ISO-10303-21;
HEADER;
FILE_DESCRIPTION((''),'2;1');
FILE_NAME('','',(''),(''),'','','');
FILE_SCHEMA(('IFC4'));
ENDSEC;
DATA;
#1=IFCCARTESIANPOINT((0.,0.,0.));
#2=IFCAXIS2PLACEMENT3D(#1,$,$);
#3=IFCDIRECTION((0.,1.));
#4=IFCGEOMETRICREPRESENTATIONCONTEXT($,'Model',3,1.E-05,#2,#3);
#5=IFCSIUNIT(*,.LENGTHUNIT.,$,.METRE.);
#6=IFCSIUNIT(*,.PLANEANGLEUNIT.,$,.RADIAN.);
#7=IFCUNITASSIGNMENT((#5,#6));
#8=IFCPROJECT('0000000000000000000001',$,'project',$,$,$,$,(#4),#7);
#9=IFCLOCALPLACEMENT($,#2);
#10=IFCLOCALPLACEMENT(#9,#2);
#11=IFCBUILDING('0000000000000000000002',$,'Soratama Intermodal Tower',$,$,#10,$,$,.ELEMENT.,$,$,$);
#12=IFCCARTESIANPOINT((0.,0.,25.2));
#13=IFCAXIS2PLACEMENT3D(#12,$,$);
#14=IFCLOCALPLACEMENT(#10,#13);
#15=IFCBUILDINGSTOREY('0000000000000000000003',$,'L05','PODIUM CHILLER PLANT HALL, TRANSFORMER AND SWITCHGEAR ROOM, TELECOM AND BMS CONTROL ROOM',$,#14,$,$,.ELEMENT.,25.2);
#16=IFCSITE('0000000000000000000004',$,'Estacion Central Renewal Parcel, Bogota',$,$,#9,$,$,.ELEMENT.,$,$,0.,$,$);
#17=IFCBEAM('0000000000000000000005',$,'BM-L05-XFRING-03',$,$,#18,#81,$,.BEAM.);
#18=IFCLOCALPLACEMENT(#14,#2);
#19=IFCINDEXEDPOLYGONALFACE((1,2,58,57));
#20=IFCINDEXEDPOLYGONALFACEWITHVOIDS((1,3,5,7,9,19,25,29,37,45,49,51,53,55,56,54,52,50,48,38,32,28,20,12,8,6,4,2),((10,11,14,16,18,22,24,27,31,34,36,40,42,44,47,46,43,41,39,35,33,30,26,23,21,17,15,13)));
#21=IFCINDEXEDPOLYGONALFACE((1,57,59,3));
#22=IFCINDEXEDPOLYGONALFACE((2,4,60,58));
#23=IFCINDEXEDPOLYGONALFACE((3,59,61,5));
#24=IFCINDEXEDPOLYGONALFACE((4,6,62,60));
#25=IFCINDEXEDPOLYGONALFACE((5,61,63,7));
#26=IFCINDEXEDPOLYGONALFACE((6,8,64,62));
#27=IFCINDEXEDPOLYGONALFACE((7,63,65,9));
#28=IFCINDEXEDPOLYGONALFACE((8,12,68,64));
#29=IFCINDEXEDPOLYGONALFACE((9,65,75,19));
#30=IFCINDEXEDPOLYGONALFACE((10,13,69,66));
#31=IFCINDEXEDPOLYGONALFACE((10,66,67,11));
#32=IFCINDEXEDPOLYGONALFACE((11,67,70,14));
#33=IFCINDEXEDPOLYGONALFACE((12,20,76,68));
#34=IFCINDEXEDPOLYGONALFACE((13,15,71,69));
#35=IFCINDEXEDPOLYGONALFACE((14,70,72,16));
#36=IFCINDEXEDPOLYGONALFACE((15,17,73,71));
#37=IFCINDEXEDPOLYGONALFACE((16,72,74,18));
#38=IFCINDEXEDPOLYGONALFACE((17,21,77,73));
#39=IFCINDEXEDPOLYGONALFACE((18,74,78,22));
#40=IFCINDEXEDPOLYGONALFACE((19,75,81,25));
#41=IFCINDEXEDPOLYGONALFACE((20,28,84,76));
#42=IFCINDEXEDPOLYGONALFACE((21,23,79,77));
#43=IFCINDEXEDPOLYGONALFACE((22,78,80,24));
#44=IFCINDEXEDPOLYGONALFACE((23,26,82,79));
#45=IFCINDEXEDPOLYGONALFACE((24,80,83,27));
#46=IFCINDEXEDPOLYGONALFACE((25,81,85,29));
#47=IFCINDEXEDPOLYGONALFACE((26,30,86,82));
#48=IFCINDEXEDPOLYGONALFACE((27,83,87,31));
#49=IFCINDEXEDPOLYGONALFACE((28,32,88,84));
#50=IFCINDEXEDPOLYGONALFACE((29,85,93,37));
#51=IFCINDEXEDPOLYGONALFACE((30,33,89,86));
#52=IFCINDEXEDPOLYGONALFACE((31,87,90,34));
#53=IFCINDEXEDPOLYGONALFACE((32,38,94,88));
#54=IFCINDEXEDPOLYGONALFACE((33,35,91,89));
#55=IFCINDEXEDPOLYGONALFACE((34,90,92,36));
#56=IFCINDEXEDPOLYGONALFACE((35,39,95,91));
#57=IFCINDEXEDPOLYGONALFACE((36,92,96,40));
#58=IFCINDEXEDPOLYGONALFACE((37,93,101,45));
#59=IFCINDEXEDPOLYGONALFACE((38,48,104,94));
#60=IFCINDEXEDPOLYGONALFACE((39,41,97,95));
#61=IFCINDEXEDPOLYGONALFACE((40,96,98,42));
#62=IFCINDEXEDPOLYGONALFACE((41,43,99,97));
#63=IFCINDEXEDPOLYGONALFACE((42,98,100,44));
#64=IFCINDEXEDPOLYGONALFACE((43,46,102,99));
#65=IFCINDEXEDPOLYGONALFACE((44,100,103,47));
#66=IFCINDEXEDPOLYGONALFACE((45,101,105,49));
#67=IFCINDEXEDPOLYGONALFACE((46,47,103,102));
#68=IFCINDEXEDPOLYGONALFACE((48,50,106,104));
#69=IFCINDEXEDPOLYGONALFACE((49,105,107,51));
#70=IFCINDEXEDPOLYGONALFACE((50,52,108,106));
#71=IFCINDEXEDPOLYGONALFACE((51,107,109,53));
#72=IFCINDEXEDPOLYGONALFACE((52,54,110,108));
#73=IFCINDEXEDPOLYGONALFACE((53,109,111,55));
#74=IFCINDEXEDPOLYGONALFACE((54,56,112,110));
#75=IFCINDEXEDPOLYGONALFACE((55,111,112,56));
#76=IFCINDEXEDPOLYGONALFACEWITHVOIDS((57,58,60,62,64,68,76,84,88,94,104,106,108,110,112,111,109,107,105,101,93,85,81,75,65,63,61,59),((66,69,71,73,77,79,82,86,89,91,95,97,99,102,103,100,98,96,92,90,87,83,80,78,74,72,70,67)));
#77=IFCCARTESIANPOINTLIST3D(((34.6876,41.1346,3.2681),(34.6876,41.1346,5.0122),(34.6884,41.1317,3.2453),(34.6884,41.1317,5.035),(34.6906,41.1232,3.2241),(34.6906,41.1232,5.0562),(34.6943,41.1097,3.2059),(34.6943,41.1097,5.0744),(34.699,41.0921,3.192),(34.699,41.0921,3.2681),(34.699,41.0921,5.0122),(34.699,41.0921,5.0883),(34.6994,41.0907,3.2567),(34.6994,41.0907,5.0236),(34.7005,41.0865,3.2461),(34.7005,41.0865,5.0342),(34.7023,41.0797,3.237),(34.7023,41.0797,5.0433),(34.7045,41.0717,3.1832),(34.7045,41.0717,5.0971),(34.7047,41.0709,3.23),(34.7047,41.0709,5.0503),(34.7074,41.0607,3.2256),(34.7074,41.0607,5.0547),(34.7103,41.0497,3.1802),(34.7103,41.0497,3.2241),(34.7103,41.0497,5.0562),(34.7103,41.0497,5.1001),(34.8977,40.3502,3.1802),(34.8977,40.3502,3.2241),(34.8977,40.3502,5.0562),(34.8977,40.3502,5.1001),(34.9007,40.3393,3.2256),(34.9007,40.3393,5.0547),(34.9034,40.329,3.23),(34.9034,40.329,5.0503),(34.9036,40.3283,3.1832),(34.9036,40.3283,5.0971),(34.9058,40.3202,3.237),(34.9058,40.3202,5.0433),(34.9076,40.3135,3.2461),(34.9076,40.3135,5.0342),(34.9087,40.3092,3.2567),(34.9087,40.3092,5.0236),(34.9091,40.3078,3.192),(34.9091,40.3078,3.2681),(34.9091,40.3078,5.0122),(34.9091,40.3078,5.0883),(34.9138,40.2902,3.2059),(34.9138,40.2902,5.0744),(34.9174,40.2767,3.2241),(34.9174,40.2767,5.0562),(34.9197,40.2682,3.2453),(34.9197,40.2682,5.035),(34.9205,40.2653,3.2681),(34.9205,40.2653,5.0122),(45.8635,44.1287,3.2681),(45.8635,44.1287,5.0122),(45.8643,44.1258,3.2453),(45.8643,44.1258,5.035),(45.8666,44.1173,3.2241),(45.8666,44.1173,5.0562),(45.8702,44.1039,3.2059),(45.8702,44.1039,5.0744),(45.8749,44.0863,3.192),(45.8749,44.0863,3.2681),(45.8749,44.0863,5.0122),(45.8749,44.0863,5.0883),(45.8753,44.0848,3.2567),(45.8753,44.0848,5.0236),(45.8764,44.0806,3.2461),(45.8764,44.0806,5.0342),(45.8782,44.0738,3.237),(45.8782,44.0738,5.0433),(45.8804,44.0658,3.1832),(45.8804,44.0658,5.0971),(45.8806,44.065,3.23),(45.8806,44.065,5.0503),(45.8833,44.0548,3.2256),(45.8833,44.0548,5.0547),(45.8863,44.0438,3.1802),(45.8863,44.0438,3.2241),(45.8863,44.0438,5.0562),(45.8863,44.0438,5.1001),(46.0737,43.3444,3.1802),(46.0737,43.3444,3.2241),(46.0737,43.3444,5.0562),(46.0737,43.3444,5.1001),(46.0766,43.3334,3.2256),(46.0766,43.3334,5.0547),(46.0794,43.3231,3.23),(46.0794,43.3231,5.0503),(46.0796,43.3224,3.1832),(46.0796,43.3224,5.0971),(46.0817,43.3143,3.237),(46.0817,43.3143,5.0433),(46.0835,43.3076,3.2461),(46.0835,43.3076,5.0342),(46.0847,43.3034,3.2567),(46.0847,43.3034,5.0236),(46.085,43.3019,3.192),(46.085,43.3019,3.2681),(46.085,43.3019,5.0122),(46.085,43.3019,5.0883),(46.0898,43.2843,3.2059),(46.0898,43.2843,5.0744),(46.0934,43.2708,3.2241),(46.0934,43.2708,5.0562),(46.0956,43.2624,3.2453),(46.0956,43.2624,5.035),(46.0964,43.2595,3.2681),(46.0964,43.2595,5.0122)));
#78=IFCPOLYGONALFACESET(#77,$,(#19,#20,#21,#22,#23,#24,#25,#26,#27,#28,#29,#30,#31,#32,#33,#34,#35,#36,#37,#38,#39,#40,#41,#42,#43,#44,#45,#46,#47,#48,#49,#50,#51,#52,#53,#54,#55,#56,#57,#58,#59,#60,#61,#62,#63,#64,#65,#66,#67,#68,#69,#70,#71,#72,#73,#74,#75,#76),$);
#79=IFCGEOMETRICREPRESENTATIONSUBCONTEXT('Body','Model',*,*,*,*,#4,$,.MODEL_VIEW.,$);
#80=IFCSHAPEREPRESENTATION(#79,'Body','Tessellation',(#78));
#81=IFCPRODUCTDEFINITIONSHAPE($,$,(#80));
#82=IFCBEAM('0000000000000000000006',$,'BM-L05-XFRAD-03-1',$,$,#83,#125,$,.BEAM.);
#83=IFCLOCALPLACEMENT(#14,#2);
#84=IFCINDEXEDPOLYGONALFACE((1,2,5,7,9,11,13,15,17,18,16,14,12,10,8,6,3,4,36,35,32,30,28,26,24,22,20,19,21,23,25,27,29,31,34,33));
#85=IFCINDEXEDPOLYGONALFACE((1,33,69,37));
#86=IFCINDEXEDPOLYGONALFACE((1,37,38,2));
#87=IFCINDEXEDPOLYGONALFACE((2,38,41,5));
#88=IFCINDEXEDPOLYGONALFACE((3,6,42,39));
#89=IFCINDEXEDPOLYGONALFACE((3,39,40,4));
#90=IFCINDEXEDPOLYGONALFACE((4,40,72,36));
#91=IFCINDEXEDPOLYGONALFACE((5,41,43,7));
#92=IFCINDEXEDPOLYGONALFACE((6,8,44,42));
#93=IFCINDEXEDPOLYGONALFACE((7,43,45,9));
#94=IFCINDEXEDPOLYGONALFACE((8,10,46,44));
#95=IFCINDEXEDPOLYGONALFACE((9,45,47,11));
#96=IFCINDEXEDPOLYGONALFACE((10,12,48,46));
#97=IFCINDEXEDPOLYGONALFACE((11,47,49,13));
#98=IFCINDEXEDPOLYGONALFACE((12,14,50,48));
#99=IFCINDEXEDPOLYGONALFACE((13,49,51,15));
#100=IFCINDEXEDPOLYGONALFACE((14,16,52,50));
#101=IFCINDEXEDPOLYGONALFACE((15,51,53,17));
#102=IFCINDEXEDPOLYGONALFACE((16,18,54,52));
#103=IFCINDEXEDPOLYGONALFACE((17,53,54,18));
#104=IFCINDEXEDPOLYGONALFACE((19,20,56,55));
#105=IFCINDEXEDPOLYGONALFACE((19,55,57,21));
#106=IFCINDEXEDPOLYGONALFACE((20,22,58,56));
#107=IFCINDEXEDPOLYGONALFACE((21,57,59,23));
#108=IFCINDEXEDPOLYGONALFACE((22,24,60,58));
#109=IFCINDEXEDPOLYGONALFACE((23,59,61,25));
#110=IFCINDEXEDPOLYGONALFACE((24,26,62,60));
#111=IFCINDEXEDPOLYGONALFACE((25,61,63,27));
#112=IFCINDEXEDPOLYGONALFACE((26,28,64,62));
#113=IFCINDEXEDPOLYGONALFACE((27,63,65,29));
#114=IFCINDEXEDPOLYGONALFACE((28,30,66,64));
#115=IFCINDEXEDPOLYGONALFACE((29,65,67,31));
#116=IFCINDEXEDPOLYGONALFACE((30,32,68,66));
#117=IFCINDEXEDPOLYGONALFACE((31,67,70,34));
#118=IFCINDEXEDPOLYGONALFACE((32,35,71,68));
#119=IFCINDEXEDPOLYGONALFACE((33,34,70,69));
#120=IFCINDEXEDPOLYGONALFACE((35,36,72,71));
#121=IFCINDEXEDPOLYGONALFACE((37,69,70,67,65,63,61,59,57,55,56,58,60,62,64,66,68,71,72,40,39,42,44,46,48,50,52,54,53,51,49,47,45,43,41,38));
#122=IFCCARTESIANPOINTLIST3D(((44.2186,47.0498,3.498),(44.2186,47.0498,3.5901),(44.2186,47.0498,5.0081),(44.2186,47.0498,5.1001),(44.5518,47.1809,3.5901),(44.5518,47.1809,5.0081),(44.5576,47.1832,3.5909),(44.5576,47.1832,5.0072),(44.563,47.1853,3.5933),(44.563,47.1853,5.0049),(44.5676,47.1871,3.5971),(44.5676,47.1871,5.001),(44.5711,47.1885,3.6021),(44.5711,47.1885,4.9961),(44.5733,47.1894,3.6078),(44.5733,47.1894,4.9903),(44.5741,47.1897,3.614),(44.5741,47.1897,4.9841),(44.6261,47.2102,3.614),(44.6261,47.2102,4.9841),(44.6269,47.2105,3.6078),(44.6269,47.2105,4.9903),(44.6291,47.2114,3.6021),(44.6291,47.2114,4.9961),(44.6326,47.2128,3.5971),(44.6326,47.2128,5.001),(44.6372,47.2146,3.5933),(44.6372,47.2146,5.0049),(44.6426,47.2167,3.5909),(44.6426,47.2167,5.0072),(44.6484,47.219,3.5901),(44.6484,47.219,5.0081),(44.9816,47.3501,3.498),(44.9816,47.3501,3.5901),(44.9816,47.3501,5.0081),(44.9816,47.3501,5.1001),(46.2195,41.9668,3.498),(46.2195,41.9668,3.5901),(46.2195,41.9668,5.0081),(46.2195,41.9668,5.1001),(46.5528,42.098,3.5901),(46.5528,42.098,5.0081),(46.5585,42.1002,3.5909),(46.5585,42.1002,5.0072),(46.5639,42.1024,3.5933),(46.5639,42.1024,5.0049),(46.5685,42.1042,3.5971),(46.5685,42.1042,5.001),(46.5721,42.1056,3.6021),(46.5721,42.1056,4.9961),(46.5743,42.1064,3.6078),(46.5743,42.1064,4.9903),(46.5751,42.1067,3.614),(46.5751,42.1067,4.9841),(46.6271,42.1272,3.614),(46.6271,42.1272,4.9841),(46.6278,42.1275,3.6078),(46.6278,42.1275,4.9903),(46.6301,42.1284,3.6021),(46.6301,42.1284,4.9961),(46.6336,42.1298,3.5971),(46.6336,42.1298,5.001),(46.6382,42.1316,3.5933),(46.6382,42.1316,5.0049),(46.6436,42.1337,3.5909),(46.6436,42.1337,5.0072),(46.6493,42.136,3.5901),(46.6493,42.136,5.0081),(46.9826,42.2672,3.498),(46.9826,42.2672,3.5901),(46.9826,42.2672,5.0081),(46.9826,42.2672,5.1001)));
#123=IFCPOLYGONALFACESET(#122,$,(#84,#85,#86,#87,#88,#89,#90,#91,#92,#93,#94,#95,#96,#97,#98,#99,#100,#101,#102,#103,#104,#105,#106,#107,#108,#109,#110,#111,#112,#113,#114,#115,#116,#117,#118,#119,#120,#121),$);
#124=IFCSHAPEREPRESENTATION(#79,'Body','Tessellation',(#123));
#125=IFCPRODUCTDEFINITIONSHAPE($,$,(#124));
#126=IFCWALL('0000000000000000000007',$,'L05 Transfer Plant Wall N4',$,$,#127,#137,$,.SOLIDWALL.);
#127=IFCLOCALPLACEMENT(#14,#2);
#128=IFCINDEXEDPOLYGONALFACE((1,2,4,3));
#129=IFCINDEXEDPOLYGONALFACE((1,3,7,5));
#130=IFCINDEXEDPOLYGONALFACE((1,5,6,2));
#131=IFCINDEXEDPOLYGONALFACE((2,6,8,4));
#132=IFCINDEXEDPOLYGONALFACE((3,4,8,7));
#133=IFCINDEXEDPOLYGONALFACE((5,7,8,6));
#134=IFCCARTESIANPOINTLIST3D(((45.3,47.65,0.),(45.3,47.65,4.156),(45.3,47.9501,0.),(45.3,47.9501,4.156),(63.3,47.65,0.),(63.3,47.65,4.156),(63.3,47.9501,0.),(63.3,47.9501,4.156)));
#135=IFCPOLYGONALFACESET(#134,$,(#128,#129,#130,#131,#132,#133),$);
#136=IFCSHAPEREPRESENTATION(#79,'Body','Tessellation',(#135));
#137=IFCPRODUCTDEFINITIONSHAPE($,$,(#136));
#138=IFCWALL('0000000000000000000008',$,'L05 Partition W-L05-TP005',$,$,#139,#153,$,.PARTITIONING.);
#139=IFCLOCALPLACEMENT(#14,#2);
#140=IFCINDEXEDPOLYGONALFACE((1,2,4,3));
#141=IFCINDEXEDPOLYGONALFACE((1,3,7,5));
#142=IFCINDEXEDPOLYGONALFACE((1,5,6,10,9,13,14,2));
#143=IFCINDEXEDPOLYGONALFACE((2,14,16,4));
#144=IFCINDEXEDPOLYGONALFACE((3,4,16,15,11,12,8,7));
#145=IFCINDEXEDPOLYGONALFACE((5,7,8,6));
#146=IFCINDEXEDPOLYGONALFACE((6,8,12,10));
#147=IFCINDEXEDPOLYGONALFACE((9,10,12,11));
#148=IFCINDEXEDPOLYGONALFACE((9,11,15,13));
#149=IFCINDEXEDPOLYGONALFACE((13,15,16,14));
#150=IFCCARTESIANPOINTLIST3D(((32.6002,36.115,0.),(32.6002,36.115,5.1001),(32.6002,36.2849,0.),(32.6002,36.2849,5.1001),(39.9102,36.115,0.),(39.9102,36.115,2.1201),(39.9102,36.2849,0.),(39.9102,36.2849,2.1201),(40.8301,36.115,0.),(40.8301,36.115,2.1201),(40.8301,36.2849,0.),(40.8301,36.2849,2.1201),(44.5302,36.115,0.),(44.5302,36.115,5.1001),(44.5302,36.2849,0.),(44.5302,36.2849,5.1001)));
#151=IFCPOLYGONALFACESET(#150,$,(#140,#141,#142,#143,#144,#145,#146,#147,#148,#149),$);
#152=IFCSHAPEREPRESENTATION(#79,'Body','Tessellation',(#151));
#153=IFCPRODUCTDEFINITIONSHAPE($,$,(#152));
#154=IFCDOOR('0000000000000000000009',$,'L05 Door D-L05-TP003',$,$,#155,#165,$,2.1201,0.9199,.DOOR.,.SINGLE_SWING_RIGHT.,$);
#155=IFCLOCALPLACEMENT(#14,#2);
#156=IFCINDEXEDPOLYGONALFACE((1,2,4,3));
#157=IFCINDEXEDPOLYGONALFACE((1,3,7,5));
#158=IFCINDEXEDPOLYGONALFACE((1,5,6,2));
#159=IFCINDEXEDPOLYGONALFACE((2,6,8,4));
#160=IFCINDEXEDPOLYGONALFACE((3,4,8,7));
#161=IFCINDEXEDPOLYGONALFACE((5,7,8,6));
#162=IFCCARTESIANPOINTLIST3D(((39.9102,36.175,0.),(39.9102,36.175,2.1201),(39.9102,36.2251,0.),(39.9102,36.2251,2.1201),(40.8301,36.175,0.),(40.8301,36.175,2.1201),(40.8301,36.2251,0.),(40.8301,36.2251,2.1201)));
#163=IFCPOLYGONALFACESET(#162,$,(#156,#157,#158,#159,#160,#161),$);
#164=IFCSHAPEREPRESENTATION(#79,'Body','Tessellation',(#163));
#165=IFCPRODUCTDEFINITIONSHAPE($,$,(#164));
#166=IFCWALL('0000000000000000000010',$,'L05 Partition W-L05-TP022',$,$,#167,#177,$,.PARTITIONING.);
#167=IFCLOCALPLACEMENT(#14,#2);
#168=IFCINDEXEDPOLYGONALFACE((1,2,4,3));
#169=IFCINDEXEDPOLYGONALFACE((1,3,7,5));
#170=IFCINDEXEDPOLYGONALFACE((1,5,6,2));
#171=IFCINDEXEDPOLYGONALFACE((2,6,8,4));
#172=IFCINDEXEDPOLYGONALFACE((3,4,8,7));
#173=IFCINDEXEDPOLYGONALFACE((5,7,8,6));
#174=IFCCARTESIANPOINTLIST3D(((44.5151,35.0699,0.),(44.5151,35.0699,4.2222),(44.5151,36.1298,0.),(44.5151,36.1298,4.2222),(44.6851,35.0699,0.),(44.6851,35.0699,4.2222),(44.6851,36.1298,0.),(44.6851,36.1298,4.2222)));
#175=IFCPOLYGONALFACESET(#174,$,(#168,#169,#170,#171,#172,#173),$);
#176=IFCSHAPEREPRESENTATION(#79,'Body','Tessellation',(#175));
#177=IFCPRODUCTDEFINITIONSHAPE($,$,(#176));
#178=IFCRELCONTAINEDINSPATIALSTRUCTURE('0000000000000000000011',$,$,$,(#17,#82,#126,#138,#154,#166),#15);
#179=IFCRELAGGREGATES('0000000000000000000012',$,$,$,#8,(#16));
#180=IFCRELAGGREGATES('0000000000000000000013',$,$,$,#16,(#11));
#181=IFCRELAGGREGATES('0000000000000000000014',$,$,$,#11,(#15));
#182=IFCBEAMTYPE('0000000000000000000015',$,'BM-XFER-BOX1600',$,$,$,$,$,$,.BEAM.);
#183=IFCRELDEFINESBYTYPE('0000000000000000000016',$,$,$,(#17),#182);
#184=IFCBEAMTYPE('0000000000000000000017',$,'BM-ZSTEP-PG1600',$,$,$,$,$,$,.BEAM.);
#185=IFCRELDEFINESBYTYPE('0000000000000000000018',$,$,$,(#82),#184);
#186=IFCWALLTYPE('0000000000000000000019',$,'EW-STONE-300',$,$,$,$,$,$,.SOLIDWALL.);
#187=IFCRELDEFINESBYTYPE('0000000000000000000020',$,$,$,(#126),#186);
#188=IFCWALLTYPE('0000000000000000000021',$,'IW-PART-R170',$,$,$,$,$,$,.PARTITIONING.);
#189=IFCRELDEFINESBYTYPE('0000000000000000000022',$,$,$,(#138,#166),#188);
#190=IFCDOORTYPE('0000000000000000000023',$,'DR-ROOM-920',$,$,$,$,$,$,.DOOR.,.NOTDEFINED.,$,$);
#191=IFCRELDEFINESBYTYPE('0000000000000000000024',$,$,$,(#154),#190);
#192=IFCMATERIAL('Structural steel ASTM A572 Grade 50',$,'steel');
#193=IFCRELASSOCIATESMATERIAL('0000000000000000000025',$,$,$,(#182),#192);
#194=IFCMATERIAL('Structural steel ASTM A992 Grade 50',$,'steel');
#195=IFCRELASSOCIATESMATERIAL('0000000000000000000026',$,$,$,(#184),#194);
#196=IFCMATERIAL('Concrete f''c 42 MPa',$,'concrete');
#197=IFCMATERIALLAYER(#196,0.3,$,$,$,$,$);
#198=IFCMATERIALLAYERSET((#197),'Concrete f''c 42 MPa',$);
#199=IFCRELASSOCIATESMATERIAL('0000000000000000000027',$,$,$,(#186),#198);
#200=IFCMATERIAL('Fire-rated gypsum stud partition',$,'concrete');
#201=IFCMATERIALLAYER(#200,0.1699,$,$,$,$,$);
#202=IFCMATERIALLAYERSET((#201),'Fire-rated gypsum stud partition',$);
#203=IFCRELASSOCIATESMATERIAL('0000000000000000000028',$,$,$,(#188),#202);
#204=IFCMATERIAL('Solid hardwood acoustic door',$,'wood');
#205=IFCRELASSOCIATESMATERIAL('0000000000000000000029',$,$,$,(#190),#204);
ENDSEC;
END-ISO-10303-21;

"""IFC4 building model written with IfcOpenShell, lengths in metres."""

from ifc_helpers import new_model, si_unit, direction, frame, frame_2d, origin, origin_2d, place, context, subcontext, project, spatial, rectangle, hollow_rectangle, i_section, extrude, material, layer, layer_set, material_profile, profile_set, type_object, element, fill, save


model = new_model("IFC4")

# Units and contexts
model_context = context("Model", 3, precision=1e-05, world=origin(), true_north=direction((0.0, 1.0)))
body_context = subcontext(model_context, "Body", "Model", "MODEL_VIEW")
ifc_project = project(units=[si_unit("LENGTHUNIT", "METRE"), si_unit("PLANEANGLEUNIT", "RADIAN")], contexts=[model_context])

# Site, building, storey
site_placement = place(None, origin())
site = spatial("IfcSite", under=ifc_project, at=site_placement, Name="Estacion Central Renewal Parcel, Bogota", CompositionType="ELEMENT", RefElevation=0.0)
building_placement = place(site_placement, origin())
building = spatial("IfcBuilding", under=site, at=building_placement, Name="Soratama Intermodal Tower", CompositionType="ELEMENT")
storey_placement = place(building_placement, frame((0.0, 0.0, 25.2)))
storey = spatial("IfcBuildingStorey", under=building, at=storey_placement, Name="L05", Description="PODIUM CHILLER PLANT HALL, TRANSFORMER AND SWITCHGEAR ROOM, TELECOM AND BMS CONTROL ROOM", CompositionType="ELEMENT", Elevation=25.2)

# Beams
ifc_material_1 = material(Name="Structural steel ASTM A572 Grade 50", Category="steel")
ifc_material_profile_1 = material_profile(ifc_material_1, hollow_rectangle(XDim=0.8999, YDim=1.9199, WallThickness=0.0439, InnerFilletRadius=0.0439, OuterFilletRadius=0.0879, at=origin_2d()), Name="BOX1600X900X40")
ifc_profile_set_1 = profile_set([ifc_material_profile_1], Name="Structural steel ASTM A572 Grade 50")
beam_type_1 = type_object("IfcBeamType", Name="BM-XFER-BOX1600", PredefinedType="BEAM", material=ifc_profile_set_1)
beam_1_placement = place(storey_placement, frame((45.98, 43.6941, 4.1401), z_axis=(-0.965936, -0.258781, 0.0), x_axis=(0.258781, -0.965936, 0.0)))
element("IfcBeam", 1, at=beam_1_placement, inside=storey, type_object=beam_type_1, Name="BM-L05-XFRING-03", PredefinedType="BEAM", context=body_context, shape_type="SweptSolid", body=[
    extrude(hollow_rectangle(XDim=0.8999, YDim=1.9199, WallThickness=0.0439, InnerFilletRadius=0.0439, OuterFilletRadius=0.0879, at=origin_2d()), origin(), (0.0, 0.0, 1.0), 11.5701),
])
ifc_material_2 = material(Name="Structural steel ASTM A992 Grade 50", Category="steel")
ifc_material_profile_2 = material_profile(ifc_material_2, i_section(OverallWidth=0.8201, OverallDepth=1.6021, WebThickness=0.0559, FlangeThickness=0.092, FilletRadius=0.0239, at=origin_2d()), Name="PG1600X650")
ifc_profile_set_2 = profile_set([ifc_material_profile_2], Name="Structural steel ASTM A992 Grade 50")
beam_type_2 = type_object("IfcBeamType", Name="BM-ZSTEP-PG1600", PredefinedType="BEAM", material=ifc_profile_set_2)
beam_2_placement = place(storey_placement, frame((44.6001, 47.2, 4.2991), z_axis=(0.366299, -0.930497, 0.0), x_axis=(0.930497, 0.366299, 0.0)))
element("IfcBeam", 2, at=beam_2_placement, inside=storey, type_object=beam_type_2, Name="BM-L05-XFRAD-03-1", PredefinedType="BEAM", context=body_context, shape_type="SweptSolid", body=[
    extrude(i_section(OverallWidth=0.8201, OverallDepth=1.6021, WebThickness=0.0559, FlangeThickness=0.092, FilletRadius=0.0239, at=origin_2d()), origin(), (0.0, 0.0, 1.0), 5.4626),
])

# Wall
ifc_material_3 = material(Name="Concrete f'c 42 MPa", Category="concrete")
ifc_layer_1 = layer(ifc_material_3, 0.3)
ifc_layer_set_1 = layer_set([ifc_layer_1], Name="Concrete f'c 42 MPa")
wall_type_1 = type_object("IfcWallType", Name="EW-STONE-300", PredefinedType="SOLIDWALL", material=ifc_layer_set_1)
wall_1_placement = place(storey_placement, frame((45.3, 47.8, 0.0), z_axis=(0.0, 0.0, 1.0), x_axis=(1.0, 0.0, 0.0)))
element("IfcWall", 3, at=wall_1_placement, inside=storey, type_object=wall_type_1, Name="L05 Transfer Plant Wall N4", PredefinedType="SOLIDWALL", context=body_context, shape_type="SweptSolid", body=[
    extrude(rectangle(XDim=18.0, YDim=0.3, at=frame_2d((9.0, 0.0))), origin(), (0.0, 0.0, 1.0), 4.156),
])

# Wall, opening, door
ifc_material_4 = material(Name="Fire-rated gypsum stud partition", Category="concrete")
ifc_layer_2 = layer(ifc_material_4, 0.1699)
ifc_layer_set_2 = layer_set([ifc_layer_2], Name="Fire-rated gypsum stud partition")
wall_type_2 = type_object("IfcWallType", Name="IW-PART-R170", PredefinedType="PARTITIONING", material=ifc_layer_set_2)
wall_2_placement = place(storey_placement, frame((44.53, 36.2, 0.0), z_axis=(0.0, 0.0, 1.0), x_axis=(-1.0, 0.0, 0.0)))
wall_2 = element("IfcWall", 4, at=wall_2_placement, inside=storey, type_object=wall_type_2, Name="L05 Partition W-L05-TP005", PredefinedType="PARTITIONING", context=body_context, shape_type="SweptSolid", body=[
    extrude(rectangle(XDim=11.9299, YDim=0.1699, at=frame_2d((5.9648, 0.0))), origin(), (0.0, 0.0, 1.0), 5.1001),
])
opening_1_placement = place(wall_2_placement, frame((3.7, 0.0, 0.0)))
opening_1 = element("IfcOpeningElement", 5, at=opening_1_placement, cuts=wall_2, PredefinedType="OPENING", context=body_context, shape_type="SweptSolid", body=[
    extrude(rectangle(XDim=0.9199, YDim=2.1201, at=frame_2d((0.46, 1.0601))), frame((0.0, 0.095, 0.0), z_axis=(0.0, -1.0, 0.0), x_axis=(1.0, 0.0, 0.0)), (0.0, 0.0, 1.0), 0.1899),
])
ifc_material_5 = material(Name="Solid hardwood acoustic door", Category="wood")
door_type_1 = type_object("IfcDoorType", Name="DR-ROOM-920", OperationType="NOTDEFINED", PredefinedType="DOOR", material=ifc_material_5)
door_1_placement = place(opening_1_placement, origin())
door_1 = element("IfcDoor", 6, at=door_1_placement, inside=storey, type_object=door_type_1, Name="L05 Door D-L05-TP003", OperationType="SINGLE_SWING_RIGHT", OverallHeight=2.1201, OverallWidth=0.9199, PredefinedType="DOOR", context=body_context, shape_type="SweptSolid", body=[
    extrude(rectangle(XDim=0.9199, YDim=2.1201, at=frame_2d((0.46, 1.0601))), frame((0.0, 0.0249, 0.0), z_axis=(0.0, -1.0, 0.0), x_axis=(1.0, 0.0, 0.0)), (0.0, 0.0, 1.0), 0.05),
])
fill(opening_1, door_1)

# Wall
wall_3_placement = place(storey_placement, frame((44.6001, 35.0701, 0.0), z_axis=(0.0, 0.0, 1.0), x_axis=(0.0, 1.0, 0.0)))
element("IfcWall", 7, at=wall_3_placement, inside=storey, type_object=wall_type_2, Name="L05 Partition W-L05-TP022", PredefinedType="PARTITIONING", context=body_context, shape_type="SweptSolid", body=[
    extrude(rectangle(XDim=1.0598, YDim=0.1699, at=frame_2d((0.5298, 0.0))), origin(), (0.0, 0.0, 1.0), 4.2222),
])

save(model, "model.ifc")
